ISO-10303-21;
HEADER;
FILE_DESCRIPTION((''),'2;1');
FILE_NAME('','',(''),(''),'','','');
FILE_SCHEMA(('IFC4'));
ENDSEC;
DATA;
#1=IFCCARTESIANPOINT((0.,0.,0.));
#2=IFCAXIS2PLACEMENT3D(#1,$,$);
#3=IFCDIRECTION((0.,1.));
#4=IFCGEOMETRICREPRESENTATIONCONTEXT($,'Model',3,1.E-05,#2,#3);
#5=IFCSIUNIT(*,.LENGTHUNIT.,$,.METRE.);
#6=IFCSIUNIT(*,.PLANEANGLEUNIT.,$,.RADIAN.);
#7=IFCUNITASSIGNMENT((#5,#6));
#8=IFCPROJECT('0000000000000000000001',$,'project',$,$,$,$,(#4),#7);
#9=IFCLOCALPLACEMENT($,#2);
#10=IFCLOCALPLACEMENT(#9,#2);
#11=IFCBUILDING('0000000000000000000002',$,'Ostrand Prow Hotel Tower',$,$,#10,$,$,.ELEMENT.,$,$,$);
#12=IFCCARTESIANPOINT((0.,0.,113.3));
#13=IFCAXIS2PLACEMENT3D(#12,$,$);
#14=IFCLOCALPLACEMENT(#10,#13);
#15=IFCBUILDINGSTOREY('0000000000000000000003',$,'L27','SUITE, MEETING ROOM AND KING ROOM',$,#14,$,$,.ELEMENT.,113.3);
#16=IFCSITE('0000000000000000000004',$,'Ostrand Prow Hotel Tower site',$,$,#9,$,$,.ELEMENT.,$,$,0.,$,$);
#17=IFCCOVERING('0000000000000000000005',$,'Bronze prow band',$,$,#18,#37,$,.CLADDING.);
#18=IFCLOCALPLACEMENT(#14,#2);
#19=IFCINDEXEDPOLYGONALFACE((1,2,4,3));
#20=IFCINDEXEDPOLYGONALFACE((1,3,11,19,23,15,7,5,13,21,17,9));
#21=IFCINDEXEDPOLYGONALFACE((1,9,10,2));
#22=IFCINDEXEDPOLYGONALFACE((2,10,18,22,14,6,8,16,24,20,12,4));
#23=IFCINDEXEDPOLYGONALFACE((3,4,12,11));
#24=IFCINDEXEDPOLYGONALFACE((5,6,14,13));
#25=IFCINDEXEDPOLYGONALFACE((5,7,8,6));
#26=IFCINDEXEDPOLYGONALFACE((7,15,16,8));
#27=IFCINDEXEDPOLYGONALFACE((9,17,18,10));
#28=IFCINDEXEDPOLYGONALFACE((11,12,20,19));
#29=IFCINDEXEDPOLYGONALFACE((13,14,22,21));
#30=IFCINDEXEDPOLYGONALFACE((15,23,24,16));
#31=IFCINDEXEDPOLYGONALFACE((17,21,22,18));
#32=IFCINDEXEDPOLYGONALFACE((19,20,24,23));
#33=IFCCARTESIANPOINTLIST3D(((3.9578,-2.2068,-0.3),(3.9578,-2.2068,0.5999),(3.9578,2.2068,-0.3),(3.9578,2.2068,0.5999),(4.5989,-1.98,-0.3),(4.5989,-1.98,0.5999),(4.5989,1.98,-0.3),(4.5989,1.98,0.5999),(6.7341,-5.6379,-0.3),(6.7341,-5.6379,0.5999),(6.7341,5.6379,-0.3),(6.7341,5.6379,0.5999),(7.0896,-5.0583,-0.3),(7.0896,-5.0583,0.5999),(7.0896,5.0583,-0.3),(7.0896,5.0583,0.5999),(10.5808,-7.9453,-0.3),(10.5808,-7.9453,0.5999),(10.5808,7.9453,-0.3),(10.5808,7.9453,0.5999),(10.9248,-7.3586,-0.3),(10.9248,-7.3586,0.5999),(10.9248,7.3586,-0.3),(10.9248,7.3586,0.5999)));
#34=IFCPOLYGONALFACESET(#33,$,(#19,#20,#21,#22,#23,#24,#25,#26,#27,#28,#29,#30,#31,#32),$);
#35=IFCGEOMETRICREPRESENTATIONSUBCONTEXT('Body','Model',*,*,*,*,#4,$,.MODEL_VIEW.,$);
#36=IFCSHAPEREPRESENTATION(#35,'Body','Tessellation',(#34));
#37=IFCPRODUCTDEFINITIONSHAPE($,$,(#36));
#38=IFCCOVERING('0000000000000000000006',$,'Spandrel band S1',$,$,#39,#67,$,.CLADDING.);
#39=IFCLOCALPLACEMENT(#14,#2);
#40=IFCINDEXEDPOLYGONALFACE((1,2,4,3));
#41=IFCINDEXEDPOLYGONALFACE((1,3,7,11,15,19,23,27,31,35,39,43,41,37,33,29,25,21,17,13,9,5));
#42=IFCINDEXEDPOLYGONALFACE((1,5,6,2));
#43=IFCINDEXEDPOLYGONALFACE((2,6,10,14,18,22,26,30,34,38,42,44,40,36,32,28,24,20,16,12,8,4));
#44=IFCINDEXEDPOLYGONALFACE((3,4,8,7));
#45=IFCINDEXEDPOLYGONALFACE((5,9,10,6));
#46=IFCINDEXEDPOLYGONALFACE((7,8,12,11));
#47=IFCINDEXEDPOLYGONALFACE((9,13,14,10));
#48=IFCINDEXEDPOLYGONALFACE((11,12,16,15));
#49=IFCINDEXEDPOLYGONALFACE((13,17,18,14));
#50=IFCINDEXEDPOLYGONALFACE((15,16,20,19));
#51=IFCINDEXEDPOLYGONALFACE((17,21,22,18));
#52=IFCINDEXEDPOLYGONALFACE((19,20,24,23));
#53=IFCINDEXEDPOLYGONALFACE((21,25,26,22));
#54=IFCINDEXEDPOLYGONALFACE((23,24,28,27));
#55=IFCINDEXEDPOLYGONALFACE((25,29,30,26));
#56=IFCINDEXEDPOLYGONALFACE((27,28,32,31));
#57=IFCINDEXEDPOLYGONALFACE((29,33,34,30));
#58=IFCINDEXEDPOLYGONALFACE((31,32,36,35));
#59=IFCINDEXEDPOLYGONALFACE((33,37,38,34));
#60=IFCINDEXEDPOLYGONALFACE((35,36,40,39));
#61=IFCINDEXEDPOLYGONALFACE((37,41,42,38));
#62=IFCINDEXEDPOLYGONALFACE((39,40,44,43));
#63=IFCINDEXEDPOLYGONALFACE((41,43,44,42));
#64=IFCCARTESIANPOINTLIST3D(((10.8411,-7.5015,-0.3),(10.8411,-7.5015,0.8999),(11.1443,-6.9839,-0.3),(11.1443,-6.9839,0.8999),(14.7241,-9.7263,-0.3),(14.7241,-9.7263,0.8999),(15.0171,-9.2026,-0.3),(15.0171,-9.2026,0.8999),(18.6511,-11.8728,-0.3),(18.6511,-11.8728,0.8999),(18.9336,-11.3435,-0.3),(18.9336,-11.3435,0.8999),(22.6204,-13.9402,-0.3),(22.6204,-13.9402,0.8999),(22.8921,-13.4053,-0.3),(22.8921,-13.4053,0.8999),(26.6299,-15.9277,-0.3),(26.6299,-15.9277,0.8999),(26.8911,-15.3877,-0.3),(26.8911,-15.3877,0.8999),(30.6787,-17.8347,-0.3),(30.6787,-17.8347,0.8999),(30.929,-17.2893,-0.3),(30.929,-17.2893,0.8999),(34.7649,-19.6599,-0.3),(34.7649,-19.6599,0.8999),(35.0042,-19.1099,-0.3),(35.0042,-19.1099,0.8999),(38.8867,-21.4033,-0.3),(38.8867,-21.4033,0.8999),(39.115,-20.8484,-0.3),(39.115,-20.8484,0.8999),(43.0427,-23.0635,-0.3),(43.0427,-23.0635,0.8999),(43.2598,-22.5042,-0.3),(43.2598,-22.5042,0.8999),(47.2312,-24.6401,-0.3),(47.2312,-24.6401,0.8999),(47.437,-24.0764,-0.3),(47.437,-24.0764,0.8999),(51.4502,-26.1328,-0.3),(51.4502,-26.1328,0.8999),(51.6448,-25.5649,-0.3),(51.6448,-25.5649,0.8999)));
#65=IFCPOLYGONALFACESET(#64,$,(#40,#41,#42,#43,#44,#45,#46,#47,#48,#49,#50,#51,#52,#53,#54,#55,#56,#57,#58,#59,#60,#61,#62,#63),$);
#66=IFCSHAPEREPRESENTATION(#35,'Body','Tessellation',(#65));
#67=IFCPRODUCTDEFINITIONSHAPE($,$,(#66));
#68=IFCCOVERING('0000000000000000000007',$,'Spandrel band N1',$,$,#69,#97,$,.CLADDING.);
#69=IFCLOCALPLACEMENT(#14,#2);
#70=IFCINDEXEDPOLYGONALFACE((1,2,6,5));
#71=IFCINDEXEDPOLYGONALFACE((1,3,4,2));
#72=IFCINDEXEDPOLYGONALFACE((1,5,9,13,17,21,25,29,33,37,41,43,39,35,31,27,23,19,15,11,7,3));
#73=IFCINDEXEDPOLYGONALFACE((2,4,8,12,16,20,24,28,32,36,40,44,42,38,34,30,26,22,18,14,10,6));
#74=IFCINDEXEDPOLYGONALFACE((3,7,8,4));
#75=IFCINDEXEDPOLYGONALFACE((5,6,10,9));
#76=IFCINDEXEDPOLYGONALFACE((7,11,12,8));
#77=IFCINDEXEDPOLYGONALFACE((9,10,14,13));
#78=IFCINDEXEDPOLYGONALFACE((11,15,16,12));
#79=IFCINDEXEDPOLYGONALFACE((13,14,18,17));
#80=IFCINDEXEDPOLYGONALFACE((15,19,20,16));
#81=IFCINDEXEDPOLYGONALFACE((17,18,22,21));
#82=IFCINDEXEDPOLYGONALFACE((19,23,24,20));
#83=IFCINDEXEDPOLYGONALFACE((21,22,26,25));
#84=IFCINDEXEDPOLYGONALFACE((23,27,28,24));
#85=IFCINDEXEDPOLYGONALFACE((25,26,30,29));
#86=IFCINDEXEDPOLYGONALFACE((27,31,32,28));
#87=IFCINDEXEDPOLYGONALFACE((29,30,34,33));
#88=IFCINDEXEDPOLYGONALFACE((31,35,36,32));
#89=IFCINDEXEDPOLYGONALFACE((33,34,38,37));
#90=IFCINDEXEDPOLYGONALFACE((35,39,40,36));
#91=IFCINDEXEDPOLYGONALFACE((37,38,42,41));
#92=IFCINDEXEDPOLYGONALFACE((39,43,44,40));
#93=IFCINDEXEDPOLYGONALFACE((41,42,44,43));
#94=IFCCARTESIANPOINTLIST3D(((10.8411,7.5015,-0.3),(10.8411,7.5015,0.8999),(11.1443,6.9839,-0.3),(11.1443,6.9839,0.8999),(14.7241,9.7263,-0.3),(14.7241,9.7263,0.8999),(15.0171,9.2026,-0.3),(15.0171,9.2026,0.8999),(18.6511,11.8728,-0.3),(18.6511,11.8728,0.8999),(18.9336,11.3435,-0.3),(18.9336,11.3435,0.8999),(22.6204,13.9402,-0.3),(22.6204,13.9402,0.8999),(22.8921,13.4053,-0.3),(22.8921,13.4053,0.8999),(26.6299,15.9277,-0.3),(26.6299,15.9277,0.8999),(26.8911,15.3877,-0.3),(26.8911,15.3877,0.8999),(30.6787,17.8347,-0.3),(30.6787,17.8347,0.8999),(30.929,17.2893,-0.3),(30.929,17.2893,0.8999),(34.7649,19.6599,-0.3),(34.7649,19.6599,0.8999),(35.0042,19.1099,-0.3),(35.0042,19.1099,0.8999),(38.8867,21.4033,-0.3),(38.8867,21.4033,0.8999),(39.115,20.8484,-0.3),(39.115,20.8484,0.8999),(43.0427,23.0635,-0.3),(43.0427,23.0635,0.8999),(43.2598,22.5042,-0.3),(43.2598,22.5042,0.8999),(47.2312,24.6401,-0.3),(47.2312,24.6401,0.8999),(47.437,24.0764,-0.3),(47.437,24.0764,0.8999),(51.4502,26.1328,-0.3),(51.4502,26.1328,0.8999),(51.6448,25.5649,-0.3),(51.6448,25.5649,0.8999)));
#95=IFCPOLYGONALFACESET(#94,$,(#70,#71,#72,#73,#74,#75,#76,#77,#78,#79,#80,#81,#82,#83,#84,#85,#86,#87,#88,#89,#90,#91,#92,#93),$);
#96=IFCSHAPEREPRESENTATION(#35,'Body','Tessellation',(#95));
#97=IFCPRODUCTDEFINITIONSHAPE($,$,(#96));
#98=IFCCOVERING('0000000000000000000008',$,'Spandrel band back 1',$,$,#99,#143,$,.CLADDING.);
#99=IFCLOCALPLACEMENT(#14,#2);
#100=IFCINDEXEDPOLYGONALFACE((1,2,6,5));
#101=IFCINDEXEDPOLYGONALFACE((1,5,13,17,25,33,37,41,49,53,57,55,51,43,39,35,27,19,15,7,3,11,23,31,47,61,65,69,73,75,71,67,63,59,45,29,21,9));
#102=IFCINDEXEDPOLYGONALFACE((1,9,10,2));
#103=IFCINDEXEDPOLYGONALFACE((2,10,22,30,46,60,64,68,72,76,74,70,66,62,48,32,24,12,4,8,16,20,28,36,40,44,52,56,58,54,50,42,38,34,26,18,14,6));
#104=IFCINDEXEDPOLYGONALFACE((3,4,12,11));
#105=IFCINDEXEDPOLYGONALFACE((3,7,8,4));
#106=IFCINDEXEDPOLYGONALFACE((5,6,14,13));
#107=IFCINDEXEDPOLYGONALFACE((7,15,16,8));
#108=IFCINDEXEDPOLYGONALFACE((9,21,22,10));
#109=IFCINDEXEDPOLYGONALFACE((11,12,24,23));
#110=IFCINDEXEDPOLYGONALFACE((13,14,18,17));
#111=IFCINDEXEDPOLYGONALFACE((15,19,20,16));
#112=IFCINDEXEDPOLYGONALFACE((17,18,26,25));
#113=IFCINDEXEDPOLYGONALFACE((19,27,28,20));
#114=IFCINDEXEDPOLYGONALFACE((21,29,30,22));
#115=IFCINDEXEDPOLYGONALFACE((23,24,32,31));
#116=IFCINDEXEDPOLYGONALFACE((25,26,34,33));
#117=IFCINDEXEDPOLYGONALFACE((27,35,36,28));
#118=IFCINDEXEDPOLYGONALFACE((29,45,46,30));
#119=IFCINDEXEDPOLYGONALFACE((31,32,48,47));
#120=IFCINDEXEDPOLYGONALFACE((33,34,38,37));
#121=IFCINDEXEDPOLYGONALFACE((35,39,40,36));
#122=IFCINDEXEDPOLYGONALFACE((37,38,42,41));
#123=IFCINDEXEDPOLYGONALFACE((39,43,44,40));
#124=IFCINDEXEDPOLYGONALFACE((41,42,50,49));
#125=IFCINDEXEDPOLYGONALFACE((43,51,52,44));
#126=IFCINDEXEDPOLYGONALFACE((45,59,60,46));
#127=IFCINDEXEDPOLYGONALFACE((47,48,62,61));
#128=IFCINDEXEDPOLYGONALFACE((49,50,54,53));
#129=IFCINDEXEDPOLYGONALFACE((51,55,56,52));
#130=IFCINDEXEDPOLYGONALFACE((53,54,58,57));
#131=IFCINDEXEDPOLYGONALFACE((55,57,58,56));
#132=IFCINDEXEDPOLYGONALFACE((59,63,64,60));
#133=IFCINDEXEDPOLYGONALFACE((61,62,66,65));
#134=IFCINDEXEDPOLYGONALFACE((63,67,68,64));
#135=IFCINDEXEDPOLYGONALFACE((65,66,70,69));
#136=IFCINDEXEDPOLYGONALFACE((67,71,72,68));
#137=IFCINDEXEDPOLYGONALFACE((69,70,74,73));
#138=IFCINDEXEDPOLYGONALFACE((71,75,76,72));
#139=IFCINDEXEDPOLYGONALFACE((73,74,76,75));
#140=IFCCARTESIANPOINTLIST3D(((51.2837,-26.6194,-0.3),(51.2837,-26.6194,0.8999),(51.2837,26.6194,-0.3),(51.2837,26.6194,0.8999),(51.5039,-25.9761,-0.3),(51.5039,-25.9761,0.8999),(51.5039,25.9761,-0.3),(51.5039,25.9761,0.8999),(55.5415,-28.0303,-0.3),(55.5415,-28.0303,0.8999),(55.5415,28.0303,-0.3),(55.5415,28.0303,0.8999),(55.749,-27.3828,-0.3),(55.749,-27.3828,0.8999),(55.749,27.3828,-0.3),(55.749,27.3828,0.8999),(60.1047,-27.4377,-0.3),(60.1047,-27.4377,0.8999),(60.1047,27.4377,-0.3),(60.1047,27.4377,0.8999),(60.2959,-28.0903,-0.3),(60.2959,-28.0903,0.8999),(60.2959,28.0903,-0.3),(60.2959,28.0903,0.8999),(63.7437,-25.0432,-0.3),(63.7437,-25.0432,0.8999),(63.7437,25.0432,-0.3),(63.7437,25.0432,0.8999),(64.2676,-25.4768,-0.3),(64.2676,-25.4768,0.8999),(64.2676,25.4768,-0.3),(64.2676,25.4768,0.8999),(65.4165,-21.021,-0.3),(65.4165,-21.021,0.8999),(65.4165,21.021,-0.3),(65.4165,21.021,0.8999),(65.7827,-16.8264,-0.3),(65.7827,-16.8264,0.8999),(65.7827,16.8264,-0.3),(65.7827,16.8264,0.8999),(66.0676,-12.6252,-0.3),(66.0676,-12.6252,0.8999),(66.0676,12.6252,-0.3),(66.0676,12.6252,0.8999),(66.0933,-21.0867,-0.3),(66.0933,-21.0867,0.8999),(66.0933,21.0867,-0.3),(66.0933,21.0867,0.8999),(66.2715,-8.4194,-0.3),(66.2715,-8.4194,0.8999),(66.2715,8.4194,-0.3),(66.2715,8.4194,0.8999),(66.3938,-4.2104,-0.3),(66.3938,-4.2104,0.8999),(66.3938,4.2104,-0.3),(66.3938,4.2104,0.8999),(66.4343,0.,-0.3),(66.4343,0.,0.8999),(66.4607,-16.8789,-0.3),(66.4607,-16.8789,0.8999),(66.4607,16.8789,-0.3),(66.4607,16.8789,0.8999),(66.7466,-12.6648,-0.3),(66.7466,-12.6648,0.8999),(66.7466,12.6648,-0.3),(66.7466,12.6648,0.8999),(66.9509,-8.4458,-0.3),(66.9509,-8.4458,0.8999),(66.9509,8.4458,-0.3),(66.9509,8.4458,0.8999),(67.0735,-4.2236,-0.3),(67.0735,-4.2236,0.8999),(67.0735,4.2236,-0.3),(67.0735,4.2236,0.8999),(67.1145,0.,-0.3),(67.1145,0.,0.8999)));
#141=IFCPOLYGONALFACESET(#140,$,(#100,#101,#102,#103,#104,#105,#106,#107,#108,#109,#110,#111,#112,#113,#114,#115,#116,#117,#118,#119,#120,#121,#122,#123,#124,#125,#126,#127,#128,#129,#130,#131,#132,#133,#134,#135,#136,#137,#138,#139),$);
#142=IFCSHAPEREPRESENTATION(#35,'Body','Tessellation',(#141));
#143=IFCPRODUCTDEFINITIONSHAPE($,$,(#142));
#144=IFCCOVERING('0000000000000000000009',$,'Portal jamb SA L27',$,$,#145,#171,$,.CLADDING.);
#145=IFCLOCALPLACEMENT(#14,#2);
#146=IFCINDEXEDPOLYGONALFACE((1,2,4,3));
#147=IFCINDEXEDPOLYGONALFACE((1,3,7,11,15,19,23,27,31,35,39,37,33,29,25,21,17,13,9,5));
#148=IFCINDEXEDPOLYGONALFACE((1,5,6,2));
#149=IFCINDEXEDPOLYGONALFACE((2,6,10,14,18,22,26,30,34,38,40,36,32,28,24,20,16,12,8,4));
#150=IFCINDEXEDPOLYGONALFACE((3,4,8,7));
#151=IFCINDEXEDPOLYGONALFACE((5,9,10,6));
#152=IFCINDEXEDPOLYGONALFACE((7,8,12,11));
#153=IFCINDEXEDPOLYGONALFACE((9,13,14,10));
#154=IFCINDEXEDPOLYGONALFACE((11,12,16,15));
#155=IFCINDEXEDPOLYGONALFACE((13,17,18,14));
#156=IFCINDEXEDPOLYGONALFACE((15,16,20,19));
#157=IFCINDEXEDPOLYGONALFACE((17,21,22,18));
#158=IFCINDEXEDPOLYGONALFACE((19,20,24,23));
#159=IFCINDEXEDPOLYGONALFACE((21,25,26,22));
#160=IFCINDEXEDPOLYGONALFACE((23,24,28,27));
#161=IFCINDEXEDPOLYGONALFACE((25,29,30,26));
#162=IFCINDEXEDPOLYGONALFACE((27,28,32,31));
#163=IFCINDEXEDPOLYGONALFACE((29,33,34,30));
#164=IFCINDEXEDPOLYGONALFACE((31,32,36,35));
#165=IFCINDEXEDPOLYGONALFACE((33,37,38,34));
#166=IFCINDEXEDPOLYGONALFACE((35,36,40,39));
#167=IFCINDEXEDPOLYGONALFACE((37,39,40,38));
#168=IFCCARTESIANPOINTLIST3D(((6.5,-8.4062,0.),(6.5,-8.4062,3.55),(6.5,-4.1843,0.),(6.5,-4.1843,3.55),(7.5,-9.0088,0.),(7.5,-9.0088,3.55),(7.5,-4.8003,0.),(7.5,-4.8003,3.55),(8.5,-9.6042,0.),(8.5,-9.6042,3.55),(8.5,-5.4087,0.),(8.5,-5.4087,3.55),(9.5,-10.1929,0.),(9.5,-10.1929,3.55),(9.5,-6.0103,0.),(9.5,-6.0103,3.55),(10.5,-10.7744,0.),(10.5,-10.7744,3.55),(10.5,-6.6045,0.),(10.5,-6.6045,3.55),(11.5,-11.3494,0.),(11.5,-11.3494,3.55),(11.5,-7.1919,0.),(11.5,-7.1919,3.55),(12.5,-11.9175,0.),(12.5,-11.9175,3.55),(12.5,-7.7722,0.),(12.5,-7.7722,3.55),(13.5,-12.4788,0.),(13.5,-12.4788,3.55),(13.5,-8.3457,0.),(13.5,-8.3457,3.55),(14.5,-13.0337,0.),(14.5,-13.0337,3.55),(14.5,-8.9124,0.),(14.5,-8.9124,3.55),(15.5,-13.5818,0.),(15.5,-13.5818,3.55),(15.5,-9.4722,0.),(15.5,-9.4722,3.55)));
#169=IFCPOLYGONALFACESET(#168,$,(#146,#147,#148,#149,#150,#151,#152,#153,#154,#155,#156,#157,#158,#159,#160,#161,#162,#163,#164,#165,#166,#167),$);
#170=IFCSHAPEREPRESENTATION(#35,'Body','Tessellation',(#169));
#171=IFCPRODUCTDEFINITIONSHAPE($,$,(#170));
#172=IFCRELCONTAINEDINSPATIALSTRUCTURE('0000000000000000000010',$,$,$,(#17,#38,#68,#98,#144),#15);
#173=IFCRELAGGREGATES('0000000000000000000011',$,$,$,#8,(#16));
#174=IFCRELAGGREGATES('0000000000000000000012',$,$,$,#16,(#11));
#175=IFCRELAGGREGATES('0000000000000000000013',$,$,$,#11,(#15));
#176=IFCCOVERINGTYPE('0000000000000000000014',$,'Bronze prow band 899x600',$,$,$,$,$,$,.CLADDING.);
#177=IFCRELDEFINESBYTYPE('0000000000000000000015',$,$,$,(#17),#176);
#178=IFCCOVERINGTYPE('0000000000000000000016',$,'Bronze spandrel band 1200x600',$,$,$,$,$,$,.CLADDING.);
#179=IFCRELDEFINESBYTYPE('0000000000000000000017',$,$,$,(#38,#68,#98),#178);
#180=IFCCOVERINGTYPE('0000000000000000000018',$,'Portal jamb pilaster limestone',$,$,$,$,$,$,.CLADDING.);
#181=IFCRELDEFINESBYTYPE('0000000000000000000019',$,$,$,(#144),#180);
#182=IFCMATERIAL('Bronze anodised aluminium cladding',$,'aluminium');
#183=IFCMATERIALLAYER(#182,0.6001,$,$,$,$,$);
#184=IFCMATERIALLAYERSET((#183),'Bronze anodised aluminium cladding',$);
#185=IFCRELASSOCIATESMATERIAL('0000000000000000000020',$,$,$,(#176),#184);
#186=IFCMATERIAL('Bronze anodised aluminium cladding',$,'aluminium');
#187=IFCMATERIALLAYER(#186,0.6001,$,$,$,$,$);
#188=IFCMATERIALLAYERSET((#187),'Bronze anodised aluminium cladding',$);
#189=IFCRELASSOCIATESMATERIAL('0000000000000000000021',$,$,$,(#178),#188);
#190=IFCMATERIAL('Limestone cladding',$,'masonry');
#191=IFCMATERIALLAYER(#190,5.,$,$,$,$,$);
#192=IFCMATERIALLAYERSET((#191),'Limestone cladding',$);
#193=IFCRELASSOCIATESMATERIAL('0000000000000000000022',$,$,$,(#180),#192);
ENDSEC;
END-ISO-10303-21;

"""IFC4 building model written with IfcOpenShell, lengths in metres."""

from ifc_helpers import new_model, si_unit, direction, frame, origin, place, context, subcontext, project, spatial, polyline, outline, extrude, material, layer, layer_set, type_object, element, save


model = new_model("IFC4")

# Units and contexts
model_context = context("Model", 3, precision=1e-05, world=origin(), true_north=direction((0.0, 1.0)))
body_context = subcontext(model_context, "Body", "Model", "MODEL_VIEW")
ifc_project = project(units=[si_unit("LENGTHUNIT", "METRE"), si_unit("PLANEANGLEUNIT", "RADIAN")], contexts=[model_context])

# Site, building, storey
site_placement = place(None, origin())
site = spatial("IfcSite", under=ifc_project, at=site_placement, Name="Ostrand Prow Hotel Tower site", CompositionType="ELEMENT", RefElevation=0.0)
building_placement = place(site_placement, origin())
building = spatial("IfcBuilding", under=site, at=building_placement, Name="Ostrand Prow Hotel Tower", CompositionType="ELEMENT")
storey_placement = place(building_placement, frame((0.0, 0.0, 113.3)))
storey = spatial("IfcBuildingStorey", under=building, at=storey_placement, Name="L27", Description="SUITE, MEETING ROOM AND KING ROOM", CompositionType="ELEMENT", Elevation=113.3)

# Coverings
ifc_material_1 = material(Name="Bronze anodised aluminium cladding", Category="aluminium")
ifc_layer_1 = layer(ifc_material_1, 0.6001)
ifc_layer_set_1 = layer_set([ifc_layer_1], Name="Bronze anodised aluminium cladding")
covering_type_1 = type_object("IfcCoveringType", Name="Bronze prow band 899x600", PredefinedType="CLADDING", material=ifc_layer_set_1)
covering_1_placement = place(storey_placement, frame((0.0, 0.0, -0.3)))
element("IfcCovering", 1, at=covering_1_placement, inside=storey, type_object=covering_type_1, Name="Bronze prow band", PredefinedType="CLADDING", context=body_context, shape_type="SweptSolid", body=[
    extrude(outline(polyline([(10.5808, 7.9453), (6.7341, 5.6379), (3.9578, 2.2068), (3.9578, -2.2068), (6.7341, -5.6379), (10.5808, -7.9453), (10.9248, -7.3586), (7.0896, -5.0583), (4.5989, -1.98), (4.5989, 1.98), (7.0896, 5.0583), (10.9248, 7.3586), (10.5808, 7.9453)])), origin(), (0.0, 0.0, 1.0), 0.8999),
])
ifc_material_2 = material(Name="Bronze anodised aluminium cladding", Category="aluminium")
ifc_layer_2 = layer(ifc_material_2, 0.6001)
ifc_layer_set_2 = layer_set([ifc_layer_2], Name="Bronze anodised aluminium cladding")
covering_type_2 = type_object("IfcCoveringType", Name="Bronze spandrel band 1200x600", PredefinedType="CLADDING", material=ifc_layer_set_2)
covering_2_placement = place(storey_placement, frame((0.0, 0.0, -0.3)))
element("IfcCovering", 2, at=covering_2_placement, inside=storey, type_object=covering_type_2, Name="Spandrel band S1", PredefinedType="CLADDING", context=body_context, shape_type="SweptSolid", body=[
    extrude(outline(polyline([(10.8411, -7.5015), (14.7241, -9.7263), (18.6511, -11.8728), (22.6204, -13.9402), (26.6299, -15.9277), (30.6787, -17.8347), (34.7649, -19.6599), (38.8867, -21.4033), (43.0427, -23.0635), (47.2312, -24.6401), (51.4502, -26.1328), (51.6448, -25.5649), (47.437, -24.0764), (43.2598, -22.5042), (39.115, -20.8484), (35.0042, -19.1099), (30.929, -17.2893), (26.8911, -15.3877), (22.8921, -13.4053), (18.9336, -11.3435), (15.0171, -9.2026), (11.1443, -6.9839), (10.8411, -7.5015)])), origin(), (0.0, 0.0, 1.0), 1.2),
])
covering_3_placement = place(storey_placement, frame((0.0, 0.0, -0.3)))
element("IfcCovering", 3, at=covering_3_placement, inside=storey, type_object=covering_type_2, Name="Spandrel band N1", PredefinedType="CLADDING", context=body_context, shape_type="SweptSolid", body=[
    extrude(outline(polyline([(51.4502, 26.1328), (47.2312, 24.6401), (43.0427, 23.0635), (38.8867, 21.4033), (34.7649, 19.6599), (30.6787, 17.8347), (26.6299, 15.9277), (22.6204, 13.9402), (18.6511, 11.8728), (14.7241, 9.7263), (10.8411, 7.5015), (11.1443, 6.9839), (15.0171, 9.2026), (18.9336, 11.3435), (22.8921, 13.4053), (26.8911, 15.3877), (30.929, 17.2893), (35.0042, 19.1099), (39.115, 20.8484), (43.2598, 22.5042), (47.437, 24.0764), (51.6448, 25.5649), (51.4502, 26.1328)])), origin(), (0.0, 0.0, 1.0), 1.2),
])
covering_4_placement = place(storey_placement, frame((0.0, 0.0, -0.3)))
element("IfcCovering", 4, at=covering_4_placement, inside=storey, type_object=covering_type_2, Name="Spandrel band back 1", PredefinedType="CLADDING", context=body_context, shape_type="SweptSolid", body=[
    extrude(outline(polyline([(51.2837, -26.6194), (55.5415, -28.0303), (60.2959, -28.0903), (64.2676, -25.4768), (66.0933, -21.0867), (66.4607, -16.8789), (66.7466, -12.6648), (66.9509, -8.4458), (67.0735, -4.2236), (67.1145, 0.0), (67.0735, 4.2236), (66.9509, 8.4458), (66.7466, 12.6648), (66.4607, 16.8789), (66.0933, 21.0867), (64.2676, 25.4768), (60.2959, 28.0903), (55.5415, 28.0303), (51.2837, 26.6194), (51.5039, 25.9761), (55.749, 27.3828), (60.1047, 27.4377), (63.7437, 25.0432), (65.4165, 21.021), (65.7827, 16.8264), (66.0676, 12.6252), (66.2715, 8.4194), (66.3938, 4.2104), (66.4343, 0.0), (66.3938, -4.2104), (66.2715, -8.4194), (66.0676, -12.6252), (65.7827, -16.8264), (65.4165, -21.021), (63.7437, -25.0432), (60.1047, -27.4377), (55.749, -27.3828), (51.5039, -25.9761), (51.2837, -26.6194)])), origin(), (0.0, 0.0, 1.0), 1.2),
])
ifc_material_3 = material(Name="Limestone cladding", Category="masonry")
ifc_layer_3 = layer(ifc_material_3, 5.0)
ifc_layer_set_3 = layer_set([ifc_layer_3], Name="Limestone cladding")
covering_type_3 = type_object("IfcCoveringType", Name="Portal jamb pilaster limestone", PredefinedType="CLADDING", material=ifc_layer_set_3)
covering_5_placement = place(storey_placement, origin())
element("IfcCovering", 5, at=covering_5_placement, inside=storey, type_object=covering_type_3, Name="Portal jamb SA L27", PredefinedType="CLADDING", context=body_context, shape_type="SweptSolid", body=[
    extrude(outline(polyline([(6.5, -4.1843), (6.5, -8.4062), (7.5, -9.0088), (8.5, -9.6042), (9.5, -10.1929), (10.5, -10.7744), (11.5, -11.3494), (12.5, -11.9175), (13.5, -12.4788), (14.5, -13.0337), (15.5, -13.5818), (15.5, -9.4722), (14.5, -8.9124), (13.5, -8.3457), (12.5, -7.7722), (11.5, -7.1919), (10.5, -6.6045), (9.5, -6.0103), (8.5, -5.4087), (7.5, -4.8003), (6.5, -4.1843)])), origin(), (0.0, 0.0, 1.0), 3.55),
])

save(model, "model.ifc")
